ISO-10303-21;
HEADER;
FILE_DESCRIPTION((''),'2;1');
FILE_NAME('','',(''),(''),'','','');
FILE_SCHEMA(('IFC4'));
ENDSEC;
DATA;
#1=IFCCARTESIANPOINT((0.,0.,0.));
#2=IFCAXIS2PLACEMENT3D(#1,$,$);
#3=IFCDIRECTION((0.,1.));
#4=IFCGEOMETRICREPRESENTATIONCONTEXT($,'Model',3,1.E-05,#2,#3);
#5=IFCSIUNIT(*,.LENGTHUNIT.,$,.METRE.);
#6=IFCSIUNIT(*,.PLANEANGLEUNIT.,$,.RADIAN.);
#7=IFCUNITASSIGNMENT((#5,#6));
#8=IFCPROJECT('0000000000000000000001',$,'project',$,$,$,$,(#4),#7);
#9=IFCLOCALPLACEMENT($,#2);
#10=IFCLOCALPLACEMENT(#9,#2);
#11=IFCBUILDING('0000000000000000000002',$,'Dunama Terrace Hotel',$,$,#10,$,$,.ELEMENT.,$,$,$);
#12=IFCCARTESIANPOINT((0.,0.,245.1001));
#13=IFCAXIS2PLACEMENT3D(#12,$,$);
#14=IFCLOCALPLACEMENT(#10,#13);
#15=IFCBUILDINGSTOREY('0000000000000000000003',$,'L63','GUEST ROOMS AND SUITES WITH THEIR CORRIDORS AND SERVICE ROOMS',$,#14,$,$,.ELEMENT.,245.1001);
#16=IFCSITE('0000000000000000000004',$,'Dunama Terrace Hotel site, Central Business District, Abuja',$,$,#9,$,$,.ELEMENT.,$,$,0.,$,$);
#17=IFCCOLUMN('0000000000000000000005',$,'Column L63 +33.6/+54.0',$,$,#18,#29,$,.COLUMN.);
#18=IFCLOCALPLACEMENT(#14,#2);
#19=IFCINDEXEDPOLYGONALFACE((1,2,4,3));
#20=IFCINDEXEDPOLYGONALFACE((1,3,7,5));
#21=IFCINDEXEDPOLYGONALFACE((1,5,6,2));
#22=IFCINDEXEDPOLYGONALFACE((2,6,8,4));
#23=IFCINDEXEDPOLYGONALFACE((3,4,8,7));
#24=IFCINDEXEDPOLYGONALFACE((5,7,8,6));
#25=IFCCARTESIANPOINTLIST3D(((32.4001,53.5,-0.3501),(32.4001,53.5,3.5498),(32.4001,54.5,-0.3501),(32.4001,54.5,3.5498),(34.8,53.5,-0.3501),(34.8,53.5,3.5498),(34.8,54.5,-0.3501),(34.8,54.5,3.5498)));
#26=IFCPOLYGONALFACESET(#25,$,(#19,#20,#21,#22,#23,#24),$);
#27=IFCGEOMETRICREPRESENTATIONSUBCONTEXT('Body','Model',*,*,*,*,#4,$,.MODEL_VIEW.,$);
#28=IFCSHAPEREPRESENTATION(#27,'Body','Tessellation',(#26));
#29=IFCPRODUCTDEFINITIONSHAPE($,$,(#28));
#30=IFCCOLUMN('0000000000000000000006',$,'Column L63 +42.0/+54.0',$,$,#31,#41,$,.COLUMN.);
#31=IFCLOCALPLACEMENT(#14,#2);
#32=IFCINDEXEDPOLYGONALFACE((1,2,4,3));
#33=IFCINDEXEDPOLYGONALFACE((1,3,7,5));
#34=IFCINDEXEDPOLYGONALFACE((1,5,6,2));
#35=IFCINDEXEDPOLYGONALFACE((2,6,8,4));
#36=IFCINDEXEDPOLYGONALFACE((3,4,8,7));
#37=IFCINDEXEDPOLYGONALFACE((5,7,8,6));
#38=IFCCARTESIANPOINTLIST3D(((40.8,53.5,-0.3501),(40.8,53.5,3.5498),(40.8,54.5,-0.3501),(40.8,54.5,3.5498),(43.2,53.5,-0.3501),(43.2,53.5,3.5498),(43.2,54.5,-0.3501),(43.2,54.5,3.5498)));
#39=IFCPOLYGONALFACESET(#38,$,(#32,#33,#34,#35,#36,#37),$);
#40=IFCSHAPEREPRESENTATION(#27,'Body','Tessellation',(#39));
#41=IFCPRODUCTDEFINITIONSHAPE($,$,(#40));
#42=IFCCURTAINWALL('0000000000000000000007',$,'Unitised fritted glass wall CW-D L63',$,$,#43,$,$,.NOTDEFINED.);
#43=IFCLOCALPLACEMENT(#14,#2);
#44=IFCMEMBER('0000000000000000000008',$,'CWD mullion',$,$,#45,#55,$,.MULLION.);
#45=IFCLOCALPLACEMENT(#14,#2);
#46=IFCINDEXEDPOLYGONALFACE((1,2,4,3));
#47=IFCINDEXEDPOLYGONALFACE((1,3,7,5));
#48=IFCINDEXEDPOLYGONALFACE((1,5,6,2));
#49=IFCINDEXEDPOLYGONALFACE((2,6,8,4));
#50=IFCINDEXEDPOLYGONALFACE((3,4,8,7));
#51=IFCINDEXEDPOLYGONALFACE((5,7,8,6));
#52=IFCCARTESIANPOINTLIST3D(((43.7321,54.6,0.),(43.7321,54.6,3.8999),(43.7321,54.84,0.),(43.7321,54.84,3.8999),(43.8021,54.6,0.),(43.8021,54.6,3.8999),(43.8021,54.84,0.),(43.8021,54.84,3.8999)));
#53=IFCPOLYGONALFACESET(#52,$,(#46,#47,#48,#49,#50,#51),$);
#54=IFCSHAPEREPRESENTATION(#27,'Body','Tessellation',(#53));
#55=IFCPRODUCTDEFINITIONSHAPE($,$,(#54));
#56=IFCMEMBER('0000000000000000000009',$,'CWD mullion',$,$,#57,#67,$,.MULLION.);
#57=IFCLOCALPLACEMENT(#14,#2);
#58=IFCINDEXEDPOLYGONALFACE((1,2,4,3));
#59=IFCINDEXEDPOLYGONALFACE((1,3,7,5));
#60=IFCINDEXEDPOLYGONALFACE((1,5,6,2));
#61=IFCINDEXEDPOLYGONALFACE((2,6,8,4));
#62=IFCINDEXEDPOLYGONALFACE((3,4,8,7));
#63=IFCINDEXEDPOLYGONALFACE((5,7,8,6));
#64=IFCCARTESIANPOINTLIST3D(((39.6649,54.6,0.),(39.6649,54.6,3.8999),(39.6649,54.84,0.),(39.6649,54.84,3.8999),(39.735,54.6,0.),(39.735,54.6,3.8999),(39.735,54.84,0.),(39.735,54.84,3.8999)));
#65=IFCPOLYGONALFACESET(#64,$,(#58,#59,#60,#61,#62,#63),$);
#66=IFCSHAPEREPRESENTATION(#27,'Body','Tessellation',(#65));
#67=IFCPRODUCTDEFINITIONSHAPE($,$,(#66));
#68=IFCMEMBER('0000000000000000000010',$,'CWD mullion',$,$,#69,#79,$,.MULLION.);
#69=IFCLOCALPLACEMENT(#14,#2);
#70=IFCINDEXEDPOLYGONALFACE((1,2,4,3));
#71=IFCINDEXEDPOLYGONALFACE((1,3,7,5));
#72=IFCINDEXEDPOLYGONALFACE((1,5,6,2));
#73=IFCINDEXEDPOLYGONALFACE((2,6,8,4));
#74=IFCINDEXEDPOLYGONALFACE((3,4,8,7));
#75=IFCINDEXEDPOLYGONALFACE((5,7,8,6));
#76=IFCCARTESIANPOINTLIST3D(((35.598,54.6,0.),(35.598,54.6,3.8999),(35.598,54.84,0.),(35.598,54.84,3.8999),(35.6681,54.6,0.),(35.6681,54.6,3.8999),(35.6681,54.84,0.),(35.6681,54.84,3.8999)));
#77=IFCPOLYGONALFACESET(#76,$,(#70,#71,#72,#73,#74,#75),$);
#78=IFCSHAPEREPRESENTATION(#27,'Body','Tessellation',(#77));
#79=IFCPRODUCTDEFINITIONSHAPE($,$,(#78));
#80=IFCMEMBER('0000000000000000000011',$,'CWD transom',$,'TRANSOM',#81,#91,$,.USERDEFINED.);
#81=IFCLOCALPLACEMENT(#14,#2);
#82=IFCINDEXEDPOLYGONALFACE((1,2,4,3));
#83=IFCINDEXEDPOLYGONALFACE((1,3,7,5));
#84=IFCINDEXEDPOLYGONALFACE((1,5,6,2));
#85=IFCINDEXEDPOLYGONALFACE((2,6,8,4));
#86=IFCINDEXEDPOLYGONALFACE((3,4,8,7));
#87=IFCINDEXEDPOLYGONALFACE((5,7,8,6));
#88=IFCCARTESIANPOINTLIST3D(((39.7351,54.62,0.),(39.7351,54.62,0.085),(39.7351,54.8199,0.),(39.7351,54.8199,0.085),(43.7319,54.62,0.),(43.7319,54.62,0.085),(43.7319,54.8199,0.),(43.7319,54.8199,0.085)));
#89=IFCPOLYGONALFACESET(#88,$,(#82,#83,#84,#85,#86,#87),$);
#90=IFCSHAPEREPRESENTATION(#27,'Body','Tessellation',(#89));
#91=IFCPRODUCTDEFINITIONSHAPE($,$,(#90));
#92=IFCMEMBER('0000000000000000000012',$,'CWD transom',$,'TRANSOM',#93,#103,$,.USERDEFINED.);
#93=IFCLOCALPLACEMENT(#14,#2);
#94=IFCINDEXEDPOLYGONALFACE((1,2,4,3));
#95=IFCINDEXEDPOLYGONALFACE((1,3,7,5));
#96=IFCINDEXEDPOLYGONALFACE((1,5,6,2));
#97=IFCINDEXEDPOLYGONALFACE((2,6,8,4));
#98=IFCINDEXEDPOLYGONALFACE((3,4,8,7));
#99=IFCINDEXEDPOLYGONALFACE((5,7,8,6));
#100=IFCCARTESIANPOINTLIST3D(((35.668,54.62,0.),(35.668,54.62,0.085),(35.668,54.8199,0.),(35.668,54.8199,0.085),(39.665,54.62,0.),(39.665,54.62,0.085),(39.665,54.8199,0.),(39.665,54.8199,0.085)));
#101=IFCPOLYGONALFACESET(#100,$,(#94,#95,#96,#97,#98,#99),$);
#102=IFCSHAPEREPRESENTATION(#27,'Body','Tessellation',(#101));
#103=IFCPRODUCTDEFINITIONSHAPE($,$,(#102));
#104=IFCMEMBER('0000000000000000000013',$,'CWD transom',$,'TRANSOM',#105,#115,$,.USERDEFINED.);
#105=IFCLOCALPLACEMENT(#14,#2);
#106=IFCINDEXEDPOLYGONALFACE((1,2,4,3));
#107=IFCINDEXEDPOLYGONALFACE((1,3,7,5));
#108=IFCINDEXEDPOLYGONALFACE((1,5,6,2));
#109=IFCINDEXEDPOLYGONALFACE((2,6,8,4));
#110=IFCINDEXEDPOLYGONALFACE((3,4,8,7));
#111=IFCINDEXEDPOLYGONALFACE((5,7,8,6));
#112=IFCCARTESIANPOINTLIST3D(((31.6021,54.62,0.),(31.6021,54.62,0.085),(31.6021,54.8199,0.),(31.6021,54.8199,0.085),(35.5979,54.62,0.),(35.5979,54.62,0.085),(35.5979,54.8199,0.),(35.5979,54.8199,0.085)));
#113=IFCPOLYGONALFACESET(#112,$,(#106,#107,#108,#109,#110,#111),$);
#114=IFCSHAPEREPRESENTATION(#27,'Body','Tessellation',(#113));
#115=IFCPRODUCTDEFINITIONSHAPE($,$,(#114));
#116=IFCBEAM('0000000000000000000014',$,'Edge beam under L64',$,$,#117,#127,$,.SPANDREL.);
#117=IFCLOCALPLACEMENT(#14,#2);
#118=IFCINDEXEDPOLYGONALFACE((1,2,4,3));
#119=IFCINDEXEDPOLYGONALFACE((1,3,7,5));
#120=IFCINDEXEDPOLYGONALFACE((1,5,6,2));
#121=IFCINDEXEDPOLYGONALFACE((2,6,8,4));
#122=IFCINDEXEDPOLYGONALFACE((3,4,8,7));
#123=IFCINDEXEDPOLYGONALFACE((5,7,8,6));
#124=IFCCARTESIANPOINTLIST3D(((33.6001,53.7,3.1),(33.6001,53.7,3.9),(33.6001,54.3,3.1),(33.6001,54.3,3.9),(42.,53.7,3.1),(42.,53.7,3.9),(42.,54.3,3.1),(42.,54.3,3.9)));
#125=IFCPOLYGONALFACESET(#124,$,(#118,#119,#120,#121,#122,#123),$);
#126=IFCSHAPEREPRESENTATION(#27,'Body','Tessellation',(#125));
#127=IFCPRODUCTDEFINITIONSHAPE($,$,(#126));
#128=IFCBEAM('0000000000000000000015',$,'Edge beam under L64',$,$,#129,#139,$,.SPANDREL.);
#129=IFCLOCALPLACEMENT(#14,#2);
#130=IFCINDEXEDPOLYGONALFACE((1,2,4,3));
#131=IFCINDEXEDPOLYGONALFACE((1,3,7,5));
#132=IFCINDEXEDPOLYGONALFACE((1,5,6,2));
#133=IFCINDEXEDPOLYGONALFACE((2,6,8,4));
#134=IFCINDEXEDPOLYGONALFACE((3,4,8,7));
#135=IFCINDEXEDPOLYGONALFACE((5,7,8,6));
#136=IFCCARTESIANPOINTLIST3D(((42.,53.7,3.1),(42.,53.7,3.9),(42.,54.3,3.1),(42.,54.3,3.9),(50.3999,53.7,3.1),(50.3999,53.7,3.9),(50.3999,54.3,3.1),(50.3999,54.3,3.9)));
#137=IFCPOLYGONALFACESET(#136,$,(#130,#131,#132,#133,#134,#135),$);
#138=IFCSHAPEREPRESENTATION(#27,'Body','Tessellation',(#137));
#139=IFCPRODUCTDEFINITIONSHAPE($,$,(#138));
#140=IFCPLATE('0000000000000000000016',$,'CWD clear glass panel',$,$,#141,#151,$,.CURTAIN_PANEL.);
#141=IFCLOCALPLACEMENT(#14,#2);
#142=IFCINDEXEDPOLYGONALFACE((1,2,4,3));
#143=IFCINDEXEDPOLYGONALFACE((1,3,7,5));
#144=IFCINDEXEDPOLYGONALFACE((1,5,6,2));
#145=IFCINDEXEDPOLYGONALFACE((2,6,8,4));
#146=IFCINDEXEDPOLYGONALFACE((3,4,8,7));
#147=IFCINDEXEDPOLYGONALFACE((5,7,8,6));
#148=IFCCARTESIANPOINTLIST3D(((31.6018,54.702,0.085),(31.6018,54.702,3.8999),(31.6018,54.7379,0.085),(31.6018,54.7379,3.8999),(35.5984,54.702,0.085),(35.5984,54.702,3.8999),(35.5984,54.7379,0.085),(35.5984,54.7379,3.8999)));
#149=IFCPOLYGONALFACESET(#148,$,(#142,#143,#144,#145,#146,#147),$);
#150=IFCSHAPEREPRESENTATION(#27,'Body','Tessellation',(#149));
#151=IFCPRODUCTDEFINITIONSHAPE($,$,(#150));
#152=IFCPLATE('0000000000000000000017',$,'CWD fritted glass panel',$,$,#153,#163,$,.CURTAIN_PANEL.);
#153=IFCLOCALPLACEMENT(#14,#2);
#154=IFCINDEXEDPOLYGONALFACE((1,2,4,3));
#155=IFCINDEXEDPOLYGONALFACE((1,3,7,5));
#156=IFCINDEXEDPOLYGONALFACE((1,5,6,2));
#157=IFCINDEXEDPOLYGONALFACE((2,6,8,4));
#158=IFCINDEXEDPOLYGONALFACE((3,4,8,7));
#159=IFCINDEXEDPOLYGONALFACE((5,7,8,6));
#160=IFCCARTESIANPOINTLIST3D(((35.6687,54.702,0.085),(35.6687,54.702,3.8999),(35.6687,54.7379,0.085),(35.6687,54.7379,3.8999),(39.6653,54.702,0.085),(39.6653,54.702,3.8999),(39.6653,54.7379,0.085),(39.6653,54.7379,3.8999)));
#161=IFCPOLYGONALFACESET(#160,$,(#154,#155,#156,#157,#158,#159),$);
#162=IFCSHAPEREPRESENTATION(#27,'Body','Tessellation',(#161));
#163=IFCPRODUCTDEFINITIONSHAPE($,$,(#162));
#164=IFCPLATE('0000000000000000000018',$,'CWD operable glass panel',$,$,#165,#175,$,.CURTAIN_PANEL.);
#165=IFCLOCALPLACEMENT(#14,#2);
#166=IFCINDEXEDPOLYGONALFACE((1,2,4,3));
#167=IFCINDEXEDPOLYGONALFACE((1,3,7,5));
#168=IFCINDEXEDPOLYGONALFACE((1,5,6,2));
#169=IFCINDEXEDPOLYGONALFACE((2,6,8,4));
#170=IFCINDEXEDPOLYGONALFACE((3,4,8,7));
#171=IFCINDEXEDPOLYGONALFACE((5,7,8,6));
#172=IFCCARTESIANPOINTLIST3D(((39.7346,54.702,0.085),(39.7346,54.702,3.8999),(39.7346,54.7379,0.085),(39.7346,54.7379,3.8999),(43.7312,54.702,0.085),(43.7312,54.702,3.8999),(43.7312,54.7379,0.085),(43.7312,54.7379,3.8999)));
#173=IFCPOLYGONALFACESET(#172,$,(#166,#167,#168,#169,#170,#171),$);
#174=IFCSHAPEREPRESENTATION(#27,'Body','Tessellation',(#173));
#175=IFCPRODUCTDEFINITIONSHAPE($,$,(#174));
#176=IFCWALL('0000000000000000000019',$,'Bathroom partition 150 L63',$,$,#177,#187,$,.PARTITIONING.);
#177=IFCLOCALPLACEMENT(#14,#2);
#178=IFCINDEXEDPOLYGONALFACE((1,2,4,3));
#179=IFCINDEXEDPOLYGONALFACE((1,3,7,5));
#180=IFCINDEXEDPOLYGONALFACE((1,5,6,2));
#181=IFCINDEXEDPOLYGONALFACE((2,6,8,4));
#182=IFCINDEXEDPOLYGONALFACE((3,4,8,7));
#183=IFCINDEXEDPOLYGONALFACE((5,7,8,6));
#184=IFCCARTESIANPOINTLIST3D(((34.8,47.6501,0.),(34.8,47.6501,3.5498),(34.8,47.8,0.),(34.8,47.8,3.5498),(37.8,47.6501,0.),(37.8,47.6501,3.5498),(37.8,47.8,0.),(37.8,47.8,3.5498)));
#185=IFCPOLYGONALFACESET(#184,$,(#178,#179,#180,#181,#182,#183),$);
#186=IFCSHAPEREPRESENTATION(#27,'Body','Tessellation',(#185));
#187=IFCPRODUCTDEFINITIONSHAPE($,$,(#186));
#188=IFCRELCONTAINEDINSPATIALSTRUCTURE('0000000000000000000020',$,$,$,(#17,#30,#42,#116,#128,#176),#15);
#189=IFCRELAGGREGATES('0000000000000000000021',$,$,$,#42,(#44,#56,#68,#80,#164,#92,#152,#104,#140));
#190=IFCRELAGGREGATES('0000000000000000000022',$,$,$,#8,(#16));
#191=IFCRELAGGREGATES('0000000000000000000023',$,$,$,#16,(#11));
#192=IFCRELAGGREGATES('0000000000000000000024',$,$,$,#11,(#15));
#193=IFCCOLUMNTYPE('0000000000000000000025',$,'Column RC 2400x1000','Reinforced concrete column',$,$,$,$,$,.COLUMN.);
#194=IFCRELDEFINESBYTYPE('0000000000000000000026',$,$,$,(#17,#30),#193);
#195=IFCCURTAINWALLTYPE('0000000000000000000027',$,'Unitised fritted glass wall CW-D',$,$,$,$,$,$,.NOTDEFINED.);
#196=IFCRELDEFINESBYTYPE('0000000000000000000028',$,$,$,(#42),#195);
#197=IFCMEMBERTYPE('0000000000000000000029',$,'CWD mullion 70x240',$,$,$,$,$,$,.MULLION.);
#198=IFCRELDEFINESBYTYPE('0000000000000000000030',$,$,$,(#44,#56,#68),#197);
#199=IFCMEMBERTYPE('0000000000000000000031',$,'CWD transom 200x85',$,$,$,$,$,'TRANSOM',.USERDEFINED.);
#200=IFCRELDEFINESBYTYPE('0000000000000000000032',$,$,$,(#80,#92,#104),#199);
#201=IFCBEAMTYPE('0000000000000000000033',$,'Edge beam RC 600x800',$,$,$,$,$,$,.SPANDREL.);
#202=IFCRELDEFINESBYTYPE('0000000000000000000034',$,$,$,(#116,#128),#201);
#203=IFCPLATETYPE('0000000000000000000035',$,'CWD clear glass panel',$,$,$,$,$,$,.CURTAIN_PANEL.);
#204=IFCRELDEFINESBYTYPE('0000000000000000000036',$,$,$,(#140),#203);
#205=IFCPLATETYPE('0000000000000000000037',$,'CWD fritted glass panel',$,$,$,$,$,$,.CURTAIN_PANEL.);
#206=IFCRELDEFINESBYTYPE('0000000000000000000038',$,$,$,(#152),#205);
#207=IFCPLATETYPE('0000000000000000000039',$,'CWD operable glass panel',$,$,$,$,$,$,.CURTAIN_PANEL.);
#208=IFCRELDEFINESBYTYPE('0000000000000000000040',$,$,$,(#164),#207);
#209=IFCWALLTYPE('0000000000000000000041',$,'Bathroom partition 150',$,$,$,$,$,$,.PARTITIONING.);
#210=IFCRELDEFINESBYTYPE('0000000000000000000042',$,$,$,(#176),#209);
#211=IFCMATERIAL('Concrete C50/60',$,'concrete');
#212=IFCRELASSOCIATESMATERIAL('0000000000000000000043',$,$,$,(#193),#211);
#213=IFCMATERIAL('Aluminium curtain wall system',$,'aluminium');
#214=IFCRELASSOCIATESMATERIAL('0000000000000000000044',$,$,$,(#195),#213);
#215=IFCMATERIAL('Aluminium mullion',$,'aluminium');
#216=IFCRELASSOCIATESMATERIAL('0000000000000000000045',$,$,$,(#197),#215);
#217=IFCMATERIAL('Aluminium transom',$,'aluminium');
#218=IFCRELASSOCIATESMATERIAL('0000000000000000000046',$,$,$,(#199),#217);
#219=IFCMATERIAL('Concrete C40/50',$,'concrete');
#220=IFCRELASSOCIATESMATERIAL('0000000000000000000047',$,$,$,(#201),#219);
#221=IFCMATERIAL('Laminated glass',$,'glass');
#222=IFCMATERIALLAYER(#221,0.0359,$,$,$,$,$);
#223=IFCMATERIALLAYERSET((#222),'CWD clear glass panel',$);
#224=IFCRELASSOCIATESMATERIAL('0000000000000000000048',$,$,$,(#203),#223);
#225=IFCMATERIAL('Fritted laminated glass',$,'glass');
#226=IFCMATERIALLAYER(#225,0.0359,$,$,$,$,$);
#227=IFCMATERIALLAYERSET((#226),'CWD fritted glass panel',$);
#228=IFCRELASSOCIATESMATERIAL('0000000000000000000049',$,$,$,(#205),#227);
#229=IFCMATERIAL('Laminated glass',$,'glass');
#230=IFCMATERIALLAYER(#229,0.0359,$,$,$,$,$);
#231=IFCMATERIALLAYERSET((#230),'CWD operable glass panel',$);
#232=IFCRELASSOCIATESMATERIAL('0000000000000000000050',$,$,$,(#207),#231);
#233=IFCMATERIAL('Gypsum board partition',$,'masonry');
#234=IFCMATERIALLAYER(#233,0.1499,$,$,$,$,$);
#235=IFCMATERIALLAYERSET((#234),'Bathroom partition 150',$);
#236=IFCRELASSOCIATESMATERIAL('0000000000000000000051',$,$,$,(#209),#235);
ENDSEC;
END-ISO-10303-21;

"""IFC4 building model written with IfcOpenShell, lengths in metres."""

from ifc_helpers import new_model, si_unit, direction, frame, frame_2d, origin, origin_2d, place, context, subcontext, project, spatial, rectangle, extrude, material, layer, layer_set, material_profile, profile_set, type_object, element, aggregate, save


model = new_model("IFC4")

# Units and contexts
model_context = context("Model", 3, precision=1e-05, world=origin(), true_north=direction((0.0, 1.0)))
body_context = subcontext(model_context, "Body", "Model", "MODEL_VIEW")
ifc_project = project(units=[si_unit("LENGTHUNIT", "METRE"), si_unit("PLANEANGLEUNIT", "RADIAN")], contexts=[model_context])

# Site, building, storey
site_placement = place(None, origin())
site = spatial("IfcSite", under=ifc_project, at=site_placement, Name="Dunama Terrace Hotel site, Central Business District, Abuja", CompositionType="ELEMENT", RefElevation=0.0)
building_placement = place(site_placement, origin())
building = spatial("IfcBuilding", under=site, at=building_placement, Name="Dunama Terrace Hotel", CompositionType="ELEMENT")
storey_placement = place(building_placement, frame((0.0, 0.0, 245.1001)))
storey = spatial("IfcBuildingStorey", under=building, at=storey_placement, Name="L63", Description="GUEST ROOMS AND SUITES WITH THEIR CORRIDORS AND SERVICE ROOMS", CompositionType="ELEMENT", Elevation=245.1001)

# Columns
ifc_material_1 = material(Name="Concrete C50/60", Category="concrete")
ifc_material_profile_1 = material_profile(ifc_material_1, rectangle(XDim=2.3999, YDim=1.0, at=origin_2d()), Name="RC 2400x1000")
ifc_profile_set_1 = profile_set([ifc_material_profile_1], Name="Concrete C50/60")
column_type = type_object("IfcColumnType", Name="Column RC 2400x1000", Description="Reinforced concrete column", PredefinedType="COLUMN", material=ifc_profile_set_1)
for number, where, z_axis, x_axis, name in (
    (1, (33.6001, 54.0, -0.3501), (0.0, 0.0, 1.0), (1.0, 0.0, 0.0), "Column L63 +33.6/+54.0"),
    (2, (42.0, 54.0, -0.3501), (0.0, 0.0, 1.0), (1.0, 0.0, 0.0), "Column L63 +42.0/+54.0"),
):
    element("IfcColumn", number, at=place(storey_placement, frame(where, z_axis=z_axis, x_axis=x_axis)), inside=storey, type_object=column_type, Name=name, PredefinedType="COLUMN", context=body_context, shape_type="SweptSolid", body=[
        extrude(rectangle(XDim=2.3999, YDim=1.0, at=origin_2d()), origin(), (0.0, 0.0, 1.0), 3.8999),
    ])

# Curtain wall, members
ifc_material_2 = material(Name="Aluminium curtain wall system", Category="aluminium")
curtain_wall_type = type_object("IfcCurtainWallType", Name="Unitised fritted glass wall CW-D", PredefinedType="NOTDEFINED", material=ifc_material_2)
curtain_wall_placement = place(storey_placement, origin())
curtain_wall = element("IfcCurtainWall", 3, at=curtain_wall_placement, inside=storey, type_object=curtain_wall_type, Name="Unitised fritted glass wall CW-D L63", PredefinedType="NOTDEFINED")
ifc_material_3 = material(Name="Aluminium mullion", Category="aluminium")
ifc_material_profile_2 = material_profile(ifc_material_3, rectangle(XDim=0.0701, YDim=0.24, at=origin_2d()), Name="CWD MULLION 70X240")
ifc_profile_set_2 = profile_set([ifc_material_profile_2], Name="Aluminium mullion")
member_type_1 = type_object("IfcMemberType", Name="CWD mullion 70x240", PredefinedType="MULLION", material=ifc_profile_set_2)
member_1_placement = place(storey_placement, frame((43.7671, 54.72, 0.0), z_axis=(0.0, 0.0, 1.0), x_axis=(-1.0, 0.0, 0.0)))
member_1 = element("IfcMember", 4, at=member_1_placement, type_object=member_type_1, Name="CWD mullion", PredefinedType="MULLION", context=body_context, shape_type="SweptSolid", body=[
    extrude(rectangle(XDim=0.0701, YDim=0.24, at=origin_2d()), origin(), (0.0, 0.0, 1.0), 3.8999),
])
member_2_placement = place(storey_placement, frame((39.7, 54.72, 0.0), z_axis=(0.0, 0.0, 1.0), x_axis=(-1.0, 0.0, 0.0)))
member_2 = element("IfcMember", 5, at=member_2_placement, type_object=member_type_1, Name="CWD mullion", PredefinedType="MULLION", context=body_context, shape_type="SweptSolid", body=[
    extrude(rectangle(XDim=0.0701, YDim=0.24, at=origin_2d()), origin(), (0.0, 0.0, 1.0), 3.8999),
])
member_3_placement = place(storey_placement, frame((35.6331, 54.72, 0.0), z_axis=(0.0, 0.0, 1.0), x_axis=(-1.0, 0.0, 0.0)))
member_3 = element("IfcMember", 6, at=member_3_placement, type_object=member_type_1, Name="CWD mullion", PredefinedType="MULLION", context=body_context, shape_type="SweptSolid", body=[
    extrude(rectangle(XDim=0.0701, YDim=0.24, at=origin_2d()), origin(), (0.0, 0.0, 1.0), 3.8999),
])
ifc_material_4 = material(Name="Aluminium transom", Category="aluminium")
ifc_material_profile_3 = material_profile(ifc_material_4, rectangle(XDim=0.2, YDim=0.085, at=origin_2d()), Name="CWD TRANSOM 200X85")
ifc_profile_set_3 = profile_set([ifc_material_profile_3], Name="Aluminium transom")
member_type_2 = type_object("IfcMemberType", Name="CWD transom 200x85", ElementType="TRANSOM", PredefinedType="USERDEFINED", material=ifc_profile_set_3)
member_4_placement = place(storey_placement, frame((43.7319, 54.72, 0.0425), z_axis=(-1.0, 0.0, 0.0), x_axis=(0.0, -1.0, 0.0)))
member_4 = element("IfcMember", 7, at=member_4_placement, type_object=member_type_2, Name="CWD transom", ObjectType="TRANSOM", PredefinedType="USERDEFINED", context=body_context, shape_type="SweptSolid", body=[
    extrude(rectangle(XDim=0.2, YDim=0.085, at=origin_2d()), origin(), (0.0, 0.0, 1.0), 3.9968),
])
member_5_placement = place(storey_placement, frame((39.665, 54.72, 0.0425), z_axis=(-1.0, 0.0, 0.0), x_axis=(0.0, -1.0, 0.0)))
member_5 = element("IfcMember", 8, at=member_5_placement, type_object=member_type_2, Name="CWD transom", ObjectType="TRANSOM", PredefinedType="USERDEFINED", context=body_context, shape_type="SweptSolid", body=[
    extrude(rectangle(XDim=0.2, YDim=0.085, at=origin_2d()), origin(), (0.0, 0.0, 1.0), 3.9971),
])
member_6_placement = place(storey_placement, frame((35.5979, 54.72, 0.0425), z_axis=(-1.0, 0.0, 0.0), x_axis=(0.0, -1.0, 0.0)))
member_6 = element("IfcMember", 9, at=member_6_placement, type_object=member_type_2, Name="CWD transom", ObjectType="TRANSOM", PredefinedType="USERDEFINED", context=body_context, shape_type="SweptSolid", body=[
    extrude(rectangle(XDim=0.2, YDim=0.085, at=origin_2d()), origin(), (0.0, 0.0, 1.0), 3.9958),
])

# Beams
ifc_material_5 = material(Name="Concrete C40/50", Category="concrete")
ifc_material_profile_4 = material_profile(ifc_material_5, rectangle(XDim=0.6001, YDim=0.8, at=origin_2d()), Name="RC 600x800")
ifc_profile_set_4 = profile_set([ifc_material_profile_4], Name="Concrete C40/50")
beam_type = type_object("IfcBeamType", Name="Edge beam RC 600x800", PredefinedType="SPANDREL", material=ifc_profile_set_4)
for number, where, z_axis, x_axis, name in (
    (10, (33.6001, 54.0, 3.5), (1.0, 0.0, 0.0), (0.0, 1.0, 0.0), "Edge beam under L64"),
    (11, (42.0, 54.0, 3.5), (1.0, 0.0, 0.0), (0.0, 1.0, 0.0), "Edge beam under L64"),
):
    element("IfcBeam", number, at=place(storey_placement, frame(where, z_axis=z_axis, x_axis=x_axis)), inside=storey, type_object=beam_type, Name=name, PredefinedType="SPANDREL", context=body_context, shape_type="SweptSolid", body=[
        extrude(rectangle(XDim=0.6001, YDim=0.8, at=origin_2d()), origin(), (0.0, 0.0, 1.0), 8.3999),
    ])

# Plates
ifc_material_6 = material(Name="Laminated glass", Category="glass")
ifc_layer_1 = layer(ifc_material_6, 0.0359)
ifc_layer_set_1 = layer_set([ifc_layer_1], Name="CWD clear glass panel")
plate_type_1 = type_object("IfcPlateType", Name="CWD clear glass panel", PredefinedType="CURTAIN_PANEL", material=ifc_layer_set_1)
plate_1_placement = place(storey_placement, frame((33.6001, 54.72, 0.085), z_axis=(0.0, 0.0, 1.0), x_axis=(-1.0, 0.0, 0.0)))
plate_1 = element("IfcPlate", 12, at=plate_1_placement, type_object=plate_type_1, Name="CWD clear glass panel", PredefinedType="CURTAIN_PANEL", context=body_context, shape_type="SweptSolid", body=[
    extrude(rectangle(XDim=3.9966, YDim=0.0359, at=origin_2d()), origin(), (0.0, 0.0, 1.0), 3.8149),
])
ifc_material_7 = material(Name="Fritted laminated glass", Category="glass")
ifc_layer_2 = layer(ifc_material_7, 0.0359)
ifc_layer_set_2 = layer_set([ifc_layer_2], Name="CWD fritted glass panel")
plate_type_2 = type_object("IfcPlateType", Name="CWD fritted glass panel", PredefinedType="CURTAIN_PANEL", material=ifc_layer_set_2)
plate_2_placement = place(storey_placement, frame((37.667, 54.72, 0.085), z_axis=(0.0, 0.0, 1.0), x_axis=(-1.0, 0.0, 0.0)))
plate_2 = element("IfcPlate", 13, at=plate_2_placement, type_object=plate_type_2, Name="CWD fritted glass panel", PredefinedType="CURTAIN_PANEL", context=body_context, shape_type="SweptSolid", body=[
    extrude(rectangle(XDim=3.9966, YDim=0.0359, at=origin_2d()), origin(), (0.0, 0.0, 1.0), 3.8149),
])
ifc_material_8 = material(Name="Laminated glass", Category="glass")
ifc_layer_3 = layer(ifc_material_8, 0.0359)
ifc_layer_set_3 = layer_set([ifc_layer_3], Name="CWD operable glass panel")
plate_type_3 = type_object("IfcPlateType", Name="CWD operable glass panel", PredefinedType="CURTAIN_PANEL", material=ifc_layer_set_3)
plate_3_placement = place(storey_placement, frame((41.7329, 54.72, 0.085), z_axis=(0.0, 0.0, 1.0), x_axis=(-1.0, 0.0, 0.0)))
plate_3 = element("IfcPlate", 14, at=plate_3_placement, type_object=plate_type_3, Name="CWD operable glass panel", PredefinedType="CURTAIN_PANEL", context=body_context, shape_type="SweptSolid", body=[
    extrude(rectangle(XDim=3.9966, YDim=0.0359, at=origin_2d()), origin(), (0.0, 0.0, 1.0), 3.8149),
])
aggregate(curtain_wall, [member_1, member_2, member_3, member_4, plate_3, member_5, plate_2, member_6, plate_1])

# Wall
ifc_material_9 = material(Name="Gypsum board partition", Category="masonry")
ifc_layer_4 = layer(ifc_material_9, 0.1499)
ifc_layer_set_4 = layer_set([ifc_layer_4], Name="Bathroom partition 150")
wall_type_1 = type_object("IfcWallType", Name="Bathroom partition 150", PredefinedType="PARTITIONING", material=ifc_layer_set_4)
wall_1_placement = place(storey_placement, frame((34.8, 47.7251, 0.0), z_axis=(0.0, 0.0, 1.0), x_axis=(1.0, 0.0, 0.0)))
element("IfcWall", 15, at=wall_1_placement, inside=storey, type_object=wall_type_1, Name="Bathroom partition 150 L63", PredefinedType="PARTITIONING", context=body_context, shape_type="SweptSolid", body=[
    extrude(rectangle(XDim=3.0, YDim=0.1499, at=frame_2d((1.5, 0.0))), origin(), (0.0, 0.0, 1.0), 3.5498),
])

save(model, "model.ifc")
